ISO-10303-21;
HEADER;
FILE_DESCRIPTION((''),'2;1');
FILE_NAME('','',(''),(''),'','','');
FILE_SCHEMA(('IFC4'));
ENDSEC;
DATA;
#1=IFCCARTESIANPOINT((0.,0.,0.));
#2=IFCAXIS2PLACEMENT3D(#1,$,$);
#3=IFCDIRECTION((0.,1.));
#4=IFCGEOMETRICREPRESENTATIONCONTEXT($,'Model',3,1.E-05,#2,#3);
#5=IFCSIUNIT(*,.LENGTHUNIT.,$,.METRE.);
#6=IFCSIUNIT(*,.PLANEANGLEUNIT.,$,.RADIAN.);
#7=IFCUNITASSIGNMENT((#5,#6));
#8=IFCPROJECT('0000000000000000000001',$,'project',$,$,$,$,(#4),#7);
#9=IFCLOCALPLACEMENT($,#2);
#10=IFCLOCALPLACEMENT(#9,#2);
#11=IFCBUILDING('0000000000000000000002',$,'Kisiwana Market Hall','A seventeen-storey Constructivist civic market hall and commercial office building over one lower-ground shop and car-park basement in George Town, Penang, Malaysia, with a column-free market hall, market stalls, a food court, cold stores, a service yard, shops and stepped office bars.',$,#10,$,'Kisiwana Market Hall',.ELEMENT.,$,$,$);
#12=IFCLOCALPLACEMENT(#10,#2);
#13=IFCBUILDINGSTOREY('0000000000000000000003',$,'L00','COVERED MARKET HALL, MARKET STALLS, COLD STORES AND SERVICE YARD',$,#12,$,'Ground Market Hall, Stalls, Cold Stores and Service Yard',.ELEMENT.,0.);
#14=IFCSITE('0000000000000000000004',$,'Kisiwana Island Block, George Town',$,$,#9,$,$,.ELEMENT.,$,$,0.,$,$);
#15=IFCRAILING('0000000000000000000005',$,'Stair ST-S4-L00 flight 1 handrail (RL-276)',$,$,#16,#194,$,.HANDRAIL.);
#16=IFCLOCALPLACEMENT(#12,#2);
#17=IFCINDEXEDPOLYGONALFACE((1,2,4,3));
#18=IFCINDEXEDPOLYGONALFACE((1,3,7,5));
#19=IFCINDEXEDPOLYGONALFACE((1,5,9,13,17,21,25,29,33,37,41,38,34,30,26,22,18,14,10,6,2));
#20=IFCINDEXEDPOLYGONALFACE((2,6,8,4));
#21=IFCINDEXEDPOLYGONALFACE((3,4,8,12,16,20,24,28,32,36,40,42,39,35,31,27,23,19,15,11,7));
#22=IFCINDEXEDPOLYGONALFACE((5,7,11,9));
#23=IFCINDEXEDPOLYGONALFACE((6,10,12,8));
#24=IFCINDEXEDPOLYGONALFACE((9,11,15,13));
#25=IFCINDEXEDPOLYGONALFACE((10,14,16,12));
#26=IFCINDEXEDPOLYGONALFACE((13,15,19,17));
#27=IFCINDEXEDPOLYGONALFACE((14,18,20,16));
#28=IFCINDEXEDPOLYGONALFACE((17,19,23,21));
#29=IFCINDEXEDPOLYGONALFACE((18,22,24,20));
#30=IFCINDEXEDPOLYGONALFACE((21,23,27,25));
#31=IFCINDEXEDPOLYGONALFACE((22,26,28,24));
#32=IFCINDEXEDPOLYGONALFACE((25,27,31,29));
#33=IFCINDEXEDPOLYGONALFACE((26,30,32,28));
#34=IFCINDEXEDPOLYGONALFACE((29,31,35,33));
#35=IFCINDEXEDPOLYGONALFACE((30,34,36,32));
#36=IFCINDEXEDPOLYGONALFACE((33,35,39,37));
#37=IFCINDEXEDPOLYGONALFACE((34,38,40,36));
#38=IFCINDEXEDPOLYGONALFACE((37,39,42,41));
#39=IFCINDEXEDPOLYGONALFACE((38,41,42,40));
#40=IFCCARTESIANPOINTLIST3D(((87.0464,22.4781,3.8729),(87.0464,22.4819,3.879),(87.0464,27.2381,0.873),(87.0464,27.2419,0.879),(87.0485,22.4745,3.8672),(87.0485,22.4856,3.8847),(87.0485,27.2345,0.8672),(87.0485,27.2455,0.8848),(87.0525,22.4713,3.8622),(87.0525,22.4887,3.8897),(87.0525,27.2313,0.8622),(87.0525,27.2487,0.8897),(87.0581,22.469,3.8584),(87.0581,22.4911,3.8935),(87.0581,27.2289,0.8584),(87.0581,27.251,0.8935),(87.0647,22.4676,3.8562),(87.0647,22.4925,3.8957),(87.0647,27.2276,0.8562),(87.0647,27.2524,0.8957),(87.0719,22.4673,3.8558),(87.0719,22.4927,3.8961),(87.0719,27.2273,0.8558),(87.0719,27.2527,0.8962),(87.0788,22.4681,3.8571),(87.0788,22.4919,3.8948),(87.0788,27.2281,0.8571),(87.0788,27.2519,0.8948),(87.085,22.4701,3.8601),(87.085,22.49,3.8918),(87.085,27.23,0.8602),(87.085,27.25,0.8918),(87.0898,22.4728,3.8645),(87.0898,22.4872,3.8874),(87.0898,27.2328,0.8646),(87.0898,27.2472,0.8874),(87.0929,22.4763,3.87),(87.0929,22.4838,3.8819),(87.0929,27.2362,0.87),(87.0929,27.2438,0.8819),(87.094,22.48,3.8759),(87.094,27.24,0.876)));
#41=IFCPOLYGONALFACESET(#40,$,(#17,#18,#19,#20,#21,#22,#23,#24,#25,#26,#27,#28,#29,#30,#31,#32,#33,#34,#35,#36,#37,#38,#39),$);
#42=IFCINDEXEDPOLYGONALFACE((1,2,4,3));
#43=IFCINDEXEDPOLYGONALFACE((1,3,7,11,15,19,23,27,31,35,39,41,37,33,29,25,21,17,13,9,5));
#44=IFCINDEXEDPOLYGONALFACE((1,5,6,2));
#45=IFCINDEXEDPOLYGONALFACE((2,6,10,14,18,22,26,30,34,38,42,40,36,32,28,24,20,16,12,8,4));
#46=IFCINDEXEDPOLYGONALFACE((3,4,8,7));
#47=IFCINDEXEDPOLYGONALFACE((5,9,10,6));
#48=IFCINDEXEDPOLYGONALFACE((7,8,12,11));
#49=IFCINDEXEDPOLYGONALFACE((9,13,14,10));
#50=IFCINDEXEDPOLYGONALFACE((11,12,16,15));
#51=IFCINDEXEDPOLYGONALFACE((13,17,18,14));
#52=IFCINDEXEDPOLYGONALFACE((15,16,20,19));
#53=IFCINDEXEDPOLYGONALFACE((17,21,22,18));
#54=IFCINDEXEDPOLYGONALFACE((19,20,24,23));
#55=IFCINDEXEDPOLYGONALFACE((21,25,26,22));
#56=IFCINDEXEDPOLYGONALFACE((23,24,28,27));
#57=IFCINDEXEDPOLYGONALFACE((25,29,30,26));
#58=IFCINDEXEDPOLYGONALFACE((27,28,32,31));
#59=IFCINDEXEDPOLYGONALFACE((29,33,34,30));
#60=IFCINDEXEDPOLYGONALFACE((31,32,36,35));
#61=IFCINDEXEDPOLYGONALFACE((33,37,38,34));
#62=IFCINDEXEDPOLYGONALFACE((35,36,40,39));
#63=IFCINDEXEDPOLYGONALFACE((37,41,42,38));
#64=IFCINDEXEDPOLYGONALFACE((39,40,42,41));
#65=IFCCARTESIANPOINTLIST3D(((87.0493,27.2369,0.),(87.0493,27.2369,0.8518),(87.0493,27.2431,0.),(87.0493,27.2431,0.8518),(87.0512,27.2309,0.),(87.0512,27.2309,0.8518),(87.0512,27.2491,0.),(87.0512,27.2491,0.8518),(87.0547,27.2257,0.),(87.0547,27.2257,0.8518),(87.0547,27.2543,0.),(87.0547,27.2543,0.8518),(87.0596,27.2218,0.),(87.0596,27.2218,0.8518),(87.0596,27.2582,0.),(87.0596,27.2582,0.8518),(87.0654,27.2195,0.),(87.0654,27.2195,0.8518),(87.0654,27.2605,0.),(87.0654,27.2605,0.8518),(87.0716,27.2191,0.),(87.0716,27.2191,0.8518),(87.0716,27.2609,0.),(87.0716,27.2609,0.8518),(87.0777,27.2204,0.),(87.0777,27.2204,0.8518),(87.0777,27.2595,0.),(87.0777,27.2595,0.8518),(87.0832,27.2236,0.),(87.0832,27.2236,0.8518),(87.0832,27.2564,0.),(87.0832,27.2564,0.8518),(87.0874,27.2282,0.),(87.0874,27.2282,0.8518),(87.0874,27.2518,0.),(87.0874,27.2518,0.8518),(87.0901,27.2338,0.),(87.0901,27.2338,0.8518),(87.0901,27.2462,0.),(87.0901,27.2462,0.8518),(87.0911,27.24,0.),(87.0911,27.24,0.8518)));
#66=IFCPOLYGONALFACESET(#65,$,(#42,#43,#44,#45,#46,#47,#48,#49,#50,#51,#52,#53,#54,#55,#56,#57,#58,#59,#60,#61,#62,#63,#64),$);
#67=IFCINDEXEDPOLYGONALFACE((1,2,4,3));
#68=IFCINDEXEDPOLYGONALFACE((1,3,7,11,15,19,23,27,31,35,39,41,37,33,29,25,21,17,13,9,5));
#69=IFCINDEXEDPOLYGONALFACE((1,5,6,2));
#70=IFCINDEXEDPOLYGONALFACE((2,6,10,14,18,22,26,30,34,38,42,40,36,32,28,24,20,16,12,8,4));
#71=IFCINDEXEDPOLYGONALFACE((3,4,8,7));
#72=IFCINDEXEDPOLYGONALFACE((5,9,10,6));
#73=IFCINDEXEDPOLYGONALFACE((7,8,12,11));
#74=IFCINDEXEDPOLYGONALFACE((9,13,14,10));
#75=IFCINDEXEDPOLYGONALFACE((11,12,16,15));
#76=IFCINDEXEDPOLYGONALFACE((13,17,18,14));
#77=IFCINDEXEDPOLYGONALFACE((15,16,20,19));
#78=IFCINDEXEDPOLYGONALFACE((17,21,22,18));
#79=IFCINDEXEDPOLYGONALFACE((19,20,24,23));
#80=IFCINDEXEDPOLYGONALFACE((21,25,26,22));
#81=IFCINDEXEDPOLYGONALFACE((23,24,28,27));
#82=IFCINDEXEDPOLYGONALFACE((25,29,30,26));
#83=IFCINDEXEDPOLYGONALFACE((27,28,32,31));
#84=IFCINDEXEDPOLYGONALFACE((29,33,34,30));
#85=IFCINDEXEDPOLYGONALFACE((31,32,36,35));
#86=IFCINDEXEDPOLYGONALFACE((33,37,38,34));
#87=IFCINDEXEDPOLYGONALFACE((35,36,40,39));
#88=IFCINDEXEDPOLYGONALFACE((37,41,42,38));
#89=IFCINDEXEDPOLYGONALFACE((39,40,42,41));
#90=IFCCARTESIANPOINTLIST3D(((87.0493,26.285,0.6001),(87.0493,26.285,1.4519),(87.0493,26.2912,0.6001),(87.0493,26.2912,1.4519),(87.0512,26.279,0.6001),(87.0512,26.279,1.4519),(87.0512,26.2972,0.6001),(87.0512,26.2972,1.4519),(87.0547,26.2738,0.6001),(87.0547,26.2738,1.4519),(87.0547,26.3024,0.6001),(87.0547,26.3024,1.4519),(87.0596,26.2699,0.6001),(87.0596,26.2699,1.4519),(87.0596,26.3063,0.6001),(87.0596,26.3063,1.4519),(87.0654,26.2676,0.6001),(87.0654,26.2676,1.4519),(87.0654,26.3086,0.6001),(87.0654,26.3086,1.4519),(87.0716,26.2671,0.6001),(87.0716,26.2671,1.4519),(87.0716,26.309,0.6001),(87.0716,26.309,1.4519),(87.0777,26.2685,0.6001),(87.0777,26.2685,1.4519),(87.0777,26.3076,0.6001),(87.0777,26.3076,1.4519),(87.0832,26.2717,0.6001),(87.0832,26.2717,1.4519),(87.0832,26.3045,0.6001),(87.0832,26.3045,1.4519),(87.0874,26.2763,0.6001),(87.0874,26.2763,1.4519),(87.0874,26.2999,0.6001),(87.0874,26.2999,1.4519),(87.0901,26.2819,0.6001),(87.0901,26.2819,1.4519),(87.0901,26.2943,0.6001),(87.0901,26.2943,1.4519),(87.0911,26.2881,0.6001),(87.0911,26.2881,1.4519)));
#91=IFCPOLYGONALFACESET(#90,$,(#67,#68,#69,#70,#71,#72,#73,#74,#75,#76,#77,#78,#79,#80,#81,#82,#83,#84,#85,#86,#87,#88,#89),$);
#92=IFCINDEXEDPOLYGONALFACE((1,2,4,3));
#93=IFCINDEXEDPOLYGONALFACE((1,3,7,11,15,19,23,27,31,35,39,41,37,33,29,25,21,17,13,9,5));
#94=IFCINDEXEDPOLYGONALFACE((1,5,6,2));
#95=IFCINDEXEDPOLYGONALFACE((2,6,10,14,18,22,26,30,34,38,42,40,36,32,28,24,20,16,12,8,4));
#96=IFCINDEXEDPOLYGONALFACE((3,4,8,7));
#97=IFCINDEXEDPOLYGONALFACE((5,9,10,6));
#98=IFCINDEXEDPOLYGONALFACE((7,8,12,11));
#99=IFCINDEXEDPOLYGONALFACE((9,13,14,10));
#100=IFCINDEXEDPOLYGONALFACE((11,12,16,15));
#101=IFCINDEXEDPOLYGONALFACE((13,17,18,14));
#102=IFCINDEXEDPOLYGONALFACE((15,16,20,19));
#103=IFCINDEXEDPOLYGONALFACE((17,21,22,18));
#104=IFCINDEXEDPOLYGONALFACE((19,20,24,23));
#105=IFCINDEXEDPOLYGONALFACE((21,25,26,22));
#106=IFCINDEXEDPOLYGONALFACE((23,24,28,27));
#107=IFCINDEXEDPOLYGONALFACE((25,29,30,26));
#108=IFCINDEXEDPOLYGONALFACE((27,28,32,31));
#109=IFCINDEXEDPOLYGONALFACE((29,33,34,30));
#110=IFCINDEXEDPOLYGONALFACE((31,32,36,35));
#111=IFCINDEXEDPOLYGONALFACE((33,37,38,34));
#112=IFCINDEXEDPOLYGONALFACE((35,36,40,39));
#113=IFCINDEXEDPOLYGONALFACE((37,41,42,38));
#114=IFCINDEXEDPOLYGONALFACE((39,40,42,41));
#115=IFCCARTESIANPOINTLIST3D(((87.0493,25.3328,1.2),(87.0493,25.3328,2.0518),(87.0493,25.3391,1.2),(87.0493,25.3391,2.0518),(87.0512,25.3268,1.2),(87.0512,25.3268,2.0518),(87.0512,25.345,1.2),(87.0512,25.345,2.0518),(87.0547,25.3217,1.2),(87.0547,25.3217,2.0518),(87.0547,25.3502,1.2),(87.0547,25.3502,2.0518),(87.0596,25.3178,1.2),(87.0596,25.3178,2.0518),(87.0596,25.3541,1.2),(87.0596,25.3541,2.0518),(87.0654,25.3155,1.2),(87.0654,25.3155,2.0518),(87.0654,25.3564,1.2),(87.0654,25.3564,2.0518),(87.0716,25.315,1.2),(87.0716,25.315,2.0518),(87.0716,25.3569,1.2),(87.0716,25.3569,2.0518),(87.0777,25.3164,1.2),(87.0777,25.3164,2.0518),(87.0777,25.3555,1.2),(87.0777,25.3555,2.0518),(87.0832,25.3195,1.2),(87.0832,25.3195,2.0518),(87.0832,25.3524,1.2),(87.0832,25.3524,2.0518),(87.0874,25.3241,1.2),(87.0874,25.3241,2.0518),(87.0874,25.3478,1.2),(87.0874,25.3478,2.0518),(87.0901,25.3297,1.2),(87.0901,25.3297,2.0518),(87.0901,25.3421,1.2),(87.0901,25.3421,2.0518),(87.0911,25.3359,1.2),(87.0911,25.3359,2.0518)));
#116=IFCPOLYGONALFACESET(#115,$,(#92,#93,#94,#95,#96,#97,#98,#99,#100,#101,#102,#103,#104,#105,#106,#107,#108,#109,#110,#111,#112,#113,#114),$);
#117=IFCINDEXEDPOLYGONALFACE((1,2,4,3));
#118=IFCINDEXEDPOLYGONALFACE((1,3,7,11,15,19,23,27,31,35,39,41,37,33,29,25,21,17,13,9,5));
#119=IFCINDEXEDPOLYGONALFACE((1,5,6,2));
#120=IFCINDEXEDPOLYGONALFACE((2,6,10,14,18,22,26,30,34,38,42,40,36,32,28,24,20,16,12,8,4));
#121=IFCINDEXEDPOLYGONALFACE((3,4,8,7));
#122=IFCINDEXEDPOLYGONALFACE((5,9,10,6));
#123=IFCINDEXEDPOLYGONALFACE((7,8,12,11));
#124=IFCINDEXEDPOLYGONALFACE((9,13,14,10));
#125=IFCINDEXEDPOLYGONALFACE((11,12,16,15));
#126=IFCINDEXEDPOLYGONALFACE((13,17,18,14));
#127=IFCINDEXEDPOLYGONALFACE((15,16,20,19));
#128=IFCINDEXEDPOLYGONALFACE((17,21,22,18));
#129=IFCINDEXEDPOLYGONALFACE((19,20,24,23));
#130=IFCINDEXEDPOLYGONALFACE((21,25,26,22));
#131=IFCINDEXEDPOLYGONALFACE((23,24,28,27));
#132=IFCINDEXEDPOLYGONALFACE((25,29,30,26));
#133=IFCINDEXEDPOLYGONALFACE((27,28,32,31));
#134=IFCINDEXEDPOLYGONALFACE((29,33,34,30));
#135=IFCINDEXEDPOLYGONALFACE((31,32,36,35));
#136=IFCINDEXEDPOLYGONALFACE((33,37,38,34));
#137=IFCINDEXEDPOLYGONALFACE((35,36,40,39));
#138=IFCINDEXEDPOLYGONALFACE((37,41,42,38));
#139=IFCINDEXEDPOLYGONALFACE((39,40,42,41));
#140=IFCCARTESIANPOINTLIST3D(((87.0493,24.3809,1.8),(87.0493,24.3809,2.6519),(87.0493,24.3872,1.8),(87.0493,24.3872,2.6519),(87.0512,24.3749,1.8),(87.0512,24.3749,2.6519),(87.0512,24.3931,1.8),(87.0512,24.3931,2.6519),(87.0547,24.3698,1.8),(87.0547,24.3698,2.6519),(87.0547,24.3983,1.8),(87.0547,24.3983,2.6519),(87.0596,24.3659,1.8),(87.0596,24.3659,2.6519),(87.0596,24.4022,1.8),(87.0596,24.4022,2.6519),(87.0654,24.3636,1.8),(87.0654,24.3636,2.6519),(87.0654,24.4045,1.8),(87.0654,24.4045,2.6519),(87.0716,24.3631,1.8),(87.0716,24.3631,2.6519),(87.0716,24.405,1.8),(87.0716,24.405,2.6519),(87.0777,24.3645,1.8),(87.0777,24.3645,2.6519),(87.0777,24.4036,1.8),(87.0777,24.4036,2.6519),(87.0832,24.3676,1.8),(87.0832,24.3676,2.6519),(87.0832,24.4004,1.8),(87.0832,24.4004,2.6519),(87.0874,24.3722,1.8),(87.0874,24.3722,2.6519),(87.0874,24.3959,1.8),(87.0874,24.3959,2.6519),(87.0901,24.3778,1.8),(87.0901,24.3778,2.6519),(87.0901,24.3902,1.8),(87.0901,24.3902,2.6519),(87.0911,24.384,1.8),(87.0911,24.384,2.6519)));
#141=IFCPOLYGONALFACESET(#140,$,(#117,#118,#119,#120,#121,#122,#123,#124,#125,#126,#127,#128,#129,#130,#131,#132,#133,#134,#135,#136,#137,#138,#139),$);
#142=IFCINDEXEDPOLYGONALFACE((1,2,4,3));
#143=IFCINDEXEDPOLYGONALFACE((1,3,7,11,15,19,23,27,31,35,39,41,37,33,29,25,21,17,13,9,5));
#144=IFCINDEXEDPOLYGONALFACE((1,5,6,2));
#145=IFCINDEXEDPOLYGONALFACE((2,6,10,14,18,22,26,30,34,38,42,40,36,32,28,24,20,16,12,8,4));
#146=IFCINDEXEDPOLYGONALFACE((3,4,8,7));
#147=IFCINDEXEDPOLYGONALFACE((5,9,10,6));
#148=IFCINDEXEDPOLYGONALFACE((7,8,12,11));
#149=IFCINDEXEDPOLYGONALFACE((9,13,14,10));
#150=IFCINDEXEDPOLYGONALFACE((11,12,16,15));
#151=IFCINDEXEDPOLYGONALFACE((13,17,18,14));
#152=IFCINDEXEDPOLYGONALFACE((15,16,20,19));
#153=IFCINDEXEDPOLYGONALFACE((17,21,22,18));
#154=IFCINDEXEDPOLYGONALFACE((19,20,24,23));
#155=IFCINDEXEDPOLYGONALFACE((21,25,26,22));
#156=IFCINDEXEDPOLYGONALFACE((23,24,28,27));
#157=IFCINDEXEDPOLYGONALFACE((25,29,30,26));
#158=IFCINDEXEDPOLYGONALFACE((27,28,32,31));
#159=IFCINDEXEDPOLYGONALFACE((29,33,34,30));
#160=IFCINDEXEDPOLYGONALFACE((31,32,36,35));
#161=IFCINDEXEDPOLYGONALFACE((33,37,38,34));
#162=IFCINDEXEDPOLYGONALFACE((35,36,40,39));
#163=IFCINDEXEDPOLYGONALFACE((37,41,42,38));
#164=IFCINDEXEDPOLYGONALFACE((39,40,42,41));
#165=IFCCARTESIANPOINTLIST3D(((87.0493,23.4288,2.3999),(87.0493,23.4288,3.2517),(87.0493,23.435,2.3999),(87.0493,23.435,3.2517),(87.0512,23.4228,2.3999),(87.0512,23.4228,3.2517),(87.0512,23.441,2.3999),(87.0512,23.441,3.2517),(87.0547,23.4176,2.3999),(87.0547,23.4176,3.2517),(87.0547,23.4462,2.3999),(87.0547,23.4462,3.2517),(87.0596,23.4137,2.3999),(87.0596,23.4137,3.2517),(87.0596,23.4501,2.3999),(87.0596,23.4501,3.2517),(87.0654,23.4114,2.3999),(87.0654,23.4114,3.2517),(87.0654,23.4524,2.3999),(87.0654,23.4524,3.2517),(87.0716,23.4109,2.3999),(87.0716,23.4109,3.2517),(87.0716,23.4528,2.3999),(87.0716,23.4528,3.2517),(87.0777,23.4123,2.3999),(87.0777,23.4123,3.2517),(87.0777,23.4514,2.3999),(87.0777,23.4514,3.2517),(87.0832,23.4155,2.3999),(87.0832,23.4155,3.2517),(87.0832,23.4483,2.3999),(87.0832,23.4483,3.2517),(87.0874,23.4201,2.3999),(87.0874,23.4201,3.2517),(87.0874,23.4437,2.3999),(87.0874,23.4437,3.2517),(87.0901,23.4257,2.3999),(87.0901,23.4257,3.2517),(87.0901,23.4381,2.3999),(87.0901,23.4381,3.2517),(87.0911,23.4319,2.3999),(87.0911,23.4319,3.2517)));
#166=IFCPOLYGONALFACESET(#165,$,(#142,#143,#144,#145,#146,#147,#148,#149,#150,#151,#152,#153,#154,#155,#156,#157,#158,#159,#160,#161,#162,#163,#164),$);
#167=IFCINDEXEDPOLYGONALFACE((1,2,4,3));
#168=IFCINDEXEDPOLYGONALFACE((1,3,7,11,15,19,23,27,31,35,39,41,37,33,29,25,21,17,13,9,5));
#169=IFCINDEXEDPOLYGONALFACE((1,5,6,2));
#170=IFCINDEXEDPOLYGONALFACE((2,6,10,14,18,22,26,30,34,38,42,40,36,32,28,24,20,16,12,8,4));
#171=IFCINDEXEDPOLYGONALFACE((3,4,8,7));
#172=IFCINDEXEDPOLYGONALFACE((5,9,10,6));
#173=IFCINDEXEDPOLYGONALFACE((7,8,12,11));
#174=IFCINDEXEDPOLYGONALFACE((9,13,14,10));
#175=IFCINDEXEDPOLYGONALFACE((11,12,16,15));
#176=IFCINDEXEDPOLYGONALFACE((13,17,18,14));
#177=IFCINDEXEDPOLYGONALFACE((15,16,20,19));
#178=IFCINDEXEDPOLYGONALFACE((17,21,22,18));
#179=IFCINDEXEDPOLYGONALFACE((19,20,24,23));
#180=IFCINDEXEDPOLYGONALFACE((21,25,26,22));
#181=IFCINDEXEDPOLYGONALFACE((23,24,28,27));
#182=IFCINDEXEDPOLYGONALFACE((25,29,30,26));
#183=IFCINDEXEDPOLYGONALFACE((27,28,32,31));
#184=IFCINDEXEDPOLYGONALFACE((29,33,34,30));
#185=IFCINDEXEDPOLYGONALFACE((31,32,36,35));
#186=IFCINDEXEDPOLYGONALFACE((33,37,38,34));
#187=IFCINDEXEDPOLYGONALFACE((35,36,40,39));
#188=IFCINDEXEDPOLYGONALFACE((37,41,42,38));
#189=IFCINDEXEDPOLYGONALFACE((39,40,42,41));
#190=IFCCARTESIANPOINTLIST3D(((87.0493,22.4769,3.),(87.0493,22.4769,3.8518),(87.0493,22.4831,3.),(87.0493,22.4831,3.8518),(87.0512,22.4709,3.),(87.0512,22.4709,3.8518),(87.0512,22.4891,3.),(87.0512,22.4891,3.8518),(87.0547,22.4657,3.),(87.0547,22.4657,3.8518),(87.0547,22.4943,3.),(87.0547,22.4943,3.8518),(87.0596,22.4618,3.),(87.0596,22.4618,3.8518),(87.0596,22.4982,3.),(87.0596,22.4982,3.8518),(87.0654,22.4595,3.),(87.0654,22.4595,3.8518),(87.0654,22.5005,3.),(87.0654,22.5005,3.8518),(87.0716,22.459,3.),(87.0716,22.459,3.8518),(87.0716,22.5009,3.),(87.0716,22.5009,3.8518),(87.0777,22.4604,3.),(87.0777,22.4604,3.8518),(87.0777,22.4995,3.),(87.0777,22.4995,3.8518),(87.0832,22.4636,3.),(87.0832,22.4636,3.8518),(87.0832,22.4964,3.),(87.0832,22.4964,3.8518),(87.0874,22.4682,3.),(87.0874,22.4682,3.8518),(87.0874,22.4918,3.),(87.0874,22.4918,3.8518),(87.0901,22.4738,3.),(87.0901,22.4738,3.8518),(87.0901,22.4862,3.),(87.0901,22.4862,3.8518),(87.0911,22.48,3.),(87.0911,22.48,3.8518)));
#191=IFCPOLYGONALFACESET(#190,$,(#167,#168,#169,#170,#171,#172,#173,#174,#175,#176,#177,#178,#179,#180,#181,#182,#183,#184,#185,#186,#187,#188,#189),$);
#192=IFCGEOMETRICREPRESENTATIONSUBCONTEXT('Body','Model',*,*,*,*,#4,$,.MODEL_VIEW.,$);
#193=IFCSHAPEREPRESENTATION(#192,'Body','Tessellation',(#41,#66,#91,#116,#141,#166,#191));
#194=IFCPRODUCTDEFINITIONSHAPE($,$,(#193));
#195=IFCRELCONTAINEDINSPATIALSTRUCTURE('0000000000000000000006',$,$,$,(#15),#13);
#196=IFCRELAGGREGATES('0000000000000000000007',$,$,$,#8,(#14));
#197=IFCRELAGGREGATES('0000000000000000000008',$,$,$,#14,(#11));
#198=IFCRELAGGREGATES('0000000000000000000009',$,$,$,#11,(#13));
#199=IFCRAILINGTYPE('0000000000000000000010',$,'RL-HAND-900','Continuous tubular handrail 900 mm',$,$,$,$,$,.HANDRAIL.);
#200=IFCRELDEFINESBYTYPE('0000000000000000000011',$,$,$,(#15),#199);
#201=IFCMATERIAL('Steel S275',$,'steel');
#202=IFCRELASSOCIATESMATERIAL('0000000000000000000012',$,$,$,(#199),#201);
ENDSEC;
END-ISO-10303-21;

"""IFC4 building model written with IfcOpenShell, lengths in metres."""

from ifc_helpers import new_model, si_unit, direction, frame, origin, origin_2d, place, context, subcontext, project, spatial, circle, extrude, material, type_object, element, save


model = new_model("IFC4")

# Units and contexts
model_context = context("Model", 3, precision=1e-05, world=origin(), true_north=direction((0.0, 1.0)))
body_context = subcontext(model_context, "Body", "Model", "MODEL_VIEW")
ifc_project = project(units=[si_unit("LENGTHUNIT", "METRE"), si_unit("PLANEANGLEUNIT", "RADIAN")], contexts=[model_context])

# Site, building, storey
site_placement = place(None, origin())
site = spatial("IfcSite", under=ifc_project, at=site_placement, Name="Kisiwana Island Block, George Town", CompositionType="ELEMENT", RefElevation=0.0)
building_placement = place(site_placement, origin())
building = spatial("IfcBuilding", under=site, at=building_placement, Name="Kisiwana Market Hall", Description="A seventeen-storey Constructivist civic market hall and commercial office building over one lower-ground shop and car-park basement in George Town, Penang, Malaysia, with a column-free market hall, market stalls, a food court, cold stores, a service yard, shops and stepped office bars.", LongName="Kisiwana Market Hall", CompositionType="ELEMENT")
storey_placement = place(building_placement, origin())
storey = spatial("IfcBuildingStorey", under=building, at=storey_placement, Name="L00", Description="COVERED MARKET HALL, MARKET STALLS, COLD STORES AND SERVICE YARD", LongName="Ground Market Hall, Stalls, Cold Stores and Service Yard", CompositionType="ELEMENT", Elevation=0.0)

# Railing
ifc_material_1 = material(Name="Steel S275", Category="steel")
railing_type = type_object("IfcRailingType", Name="RL-HAND-900", Description="Continuous tubular handrail 900 mm", PredefinedType="HANDRAIL", material=ifc_material_1)
for number, where, name in (
    (1, (87.0701, 27.24, 0.0), "Stair ST-S4-L00 flight 1 handrail (RL-276)"),
):
    element("IfcRailing", number, at=place(storey_placement, frame(where)), inside=storey, type_object=railing_type, Name=name, PredefinedType="HANDRAIL", context=body_context, shape_type="SweptSolid", body=[
        extrude(circle(Radius=0.0239, at=origin_2d()), frame((0.0, 0.0, 0.876), z_axis=(0.0, -0.845996, 0.53319), x_axis=(1.0, 0.0, 0.0)), (0.0, 0.0, 1.0), 5.6265),
        extrude(circle(Radius=0.021, at=origin_2d()), origin(), (0.0, 0.0, 1.0), 0.8518),
        extrude(circle(Radius=0.021, at=origin_2d()), frame((0.0, -0.9519, 0.6001)), (0.0, 0.0, 1.0), 0.8518),
        extrude(circle(Radius=0.021, at=origin_2d()), frame((0.0, -1.9041, 1.2)), (0.0, 0.0, 1.0), 0.8518),
        extrude(circle(Radius=0.021, at=origin_2d()), frame((0.0, -2.856, 1.8)), (0.0, 0.0, 1.0), 0.8518),
        extrude(circle(Radius=0.021, at=origin_2d()), frame((0.0, -3.8081, 2.3999)), (0.0, 0.0, 1.0), 0.8518),
        extrude(circle(Radius=0.021, at=origin_2d()), frame((0.0, -4.76, 3.0)), (0.0, 0.0, 1.0), 0.8518),
    ])

save(model, "model.ifc")
